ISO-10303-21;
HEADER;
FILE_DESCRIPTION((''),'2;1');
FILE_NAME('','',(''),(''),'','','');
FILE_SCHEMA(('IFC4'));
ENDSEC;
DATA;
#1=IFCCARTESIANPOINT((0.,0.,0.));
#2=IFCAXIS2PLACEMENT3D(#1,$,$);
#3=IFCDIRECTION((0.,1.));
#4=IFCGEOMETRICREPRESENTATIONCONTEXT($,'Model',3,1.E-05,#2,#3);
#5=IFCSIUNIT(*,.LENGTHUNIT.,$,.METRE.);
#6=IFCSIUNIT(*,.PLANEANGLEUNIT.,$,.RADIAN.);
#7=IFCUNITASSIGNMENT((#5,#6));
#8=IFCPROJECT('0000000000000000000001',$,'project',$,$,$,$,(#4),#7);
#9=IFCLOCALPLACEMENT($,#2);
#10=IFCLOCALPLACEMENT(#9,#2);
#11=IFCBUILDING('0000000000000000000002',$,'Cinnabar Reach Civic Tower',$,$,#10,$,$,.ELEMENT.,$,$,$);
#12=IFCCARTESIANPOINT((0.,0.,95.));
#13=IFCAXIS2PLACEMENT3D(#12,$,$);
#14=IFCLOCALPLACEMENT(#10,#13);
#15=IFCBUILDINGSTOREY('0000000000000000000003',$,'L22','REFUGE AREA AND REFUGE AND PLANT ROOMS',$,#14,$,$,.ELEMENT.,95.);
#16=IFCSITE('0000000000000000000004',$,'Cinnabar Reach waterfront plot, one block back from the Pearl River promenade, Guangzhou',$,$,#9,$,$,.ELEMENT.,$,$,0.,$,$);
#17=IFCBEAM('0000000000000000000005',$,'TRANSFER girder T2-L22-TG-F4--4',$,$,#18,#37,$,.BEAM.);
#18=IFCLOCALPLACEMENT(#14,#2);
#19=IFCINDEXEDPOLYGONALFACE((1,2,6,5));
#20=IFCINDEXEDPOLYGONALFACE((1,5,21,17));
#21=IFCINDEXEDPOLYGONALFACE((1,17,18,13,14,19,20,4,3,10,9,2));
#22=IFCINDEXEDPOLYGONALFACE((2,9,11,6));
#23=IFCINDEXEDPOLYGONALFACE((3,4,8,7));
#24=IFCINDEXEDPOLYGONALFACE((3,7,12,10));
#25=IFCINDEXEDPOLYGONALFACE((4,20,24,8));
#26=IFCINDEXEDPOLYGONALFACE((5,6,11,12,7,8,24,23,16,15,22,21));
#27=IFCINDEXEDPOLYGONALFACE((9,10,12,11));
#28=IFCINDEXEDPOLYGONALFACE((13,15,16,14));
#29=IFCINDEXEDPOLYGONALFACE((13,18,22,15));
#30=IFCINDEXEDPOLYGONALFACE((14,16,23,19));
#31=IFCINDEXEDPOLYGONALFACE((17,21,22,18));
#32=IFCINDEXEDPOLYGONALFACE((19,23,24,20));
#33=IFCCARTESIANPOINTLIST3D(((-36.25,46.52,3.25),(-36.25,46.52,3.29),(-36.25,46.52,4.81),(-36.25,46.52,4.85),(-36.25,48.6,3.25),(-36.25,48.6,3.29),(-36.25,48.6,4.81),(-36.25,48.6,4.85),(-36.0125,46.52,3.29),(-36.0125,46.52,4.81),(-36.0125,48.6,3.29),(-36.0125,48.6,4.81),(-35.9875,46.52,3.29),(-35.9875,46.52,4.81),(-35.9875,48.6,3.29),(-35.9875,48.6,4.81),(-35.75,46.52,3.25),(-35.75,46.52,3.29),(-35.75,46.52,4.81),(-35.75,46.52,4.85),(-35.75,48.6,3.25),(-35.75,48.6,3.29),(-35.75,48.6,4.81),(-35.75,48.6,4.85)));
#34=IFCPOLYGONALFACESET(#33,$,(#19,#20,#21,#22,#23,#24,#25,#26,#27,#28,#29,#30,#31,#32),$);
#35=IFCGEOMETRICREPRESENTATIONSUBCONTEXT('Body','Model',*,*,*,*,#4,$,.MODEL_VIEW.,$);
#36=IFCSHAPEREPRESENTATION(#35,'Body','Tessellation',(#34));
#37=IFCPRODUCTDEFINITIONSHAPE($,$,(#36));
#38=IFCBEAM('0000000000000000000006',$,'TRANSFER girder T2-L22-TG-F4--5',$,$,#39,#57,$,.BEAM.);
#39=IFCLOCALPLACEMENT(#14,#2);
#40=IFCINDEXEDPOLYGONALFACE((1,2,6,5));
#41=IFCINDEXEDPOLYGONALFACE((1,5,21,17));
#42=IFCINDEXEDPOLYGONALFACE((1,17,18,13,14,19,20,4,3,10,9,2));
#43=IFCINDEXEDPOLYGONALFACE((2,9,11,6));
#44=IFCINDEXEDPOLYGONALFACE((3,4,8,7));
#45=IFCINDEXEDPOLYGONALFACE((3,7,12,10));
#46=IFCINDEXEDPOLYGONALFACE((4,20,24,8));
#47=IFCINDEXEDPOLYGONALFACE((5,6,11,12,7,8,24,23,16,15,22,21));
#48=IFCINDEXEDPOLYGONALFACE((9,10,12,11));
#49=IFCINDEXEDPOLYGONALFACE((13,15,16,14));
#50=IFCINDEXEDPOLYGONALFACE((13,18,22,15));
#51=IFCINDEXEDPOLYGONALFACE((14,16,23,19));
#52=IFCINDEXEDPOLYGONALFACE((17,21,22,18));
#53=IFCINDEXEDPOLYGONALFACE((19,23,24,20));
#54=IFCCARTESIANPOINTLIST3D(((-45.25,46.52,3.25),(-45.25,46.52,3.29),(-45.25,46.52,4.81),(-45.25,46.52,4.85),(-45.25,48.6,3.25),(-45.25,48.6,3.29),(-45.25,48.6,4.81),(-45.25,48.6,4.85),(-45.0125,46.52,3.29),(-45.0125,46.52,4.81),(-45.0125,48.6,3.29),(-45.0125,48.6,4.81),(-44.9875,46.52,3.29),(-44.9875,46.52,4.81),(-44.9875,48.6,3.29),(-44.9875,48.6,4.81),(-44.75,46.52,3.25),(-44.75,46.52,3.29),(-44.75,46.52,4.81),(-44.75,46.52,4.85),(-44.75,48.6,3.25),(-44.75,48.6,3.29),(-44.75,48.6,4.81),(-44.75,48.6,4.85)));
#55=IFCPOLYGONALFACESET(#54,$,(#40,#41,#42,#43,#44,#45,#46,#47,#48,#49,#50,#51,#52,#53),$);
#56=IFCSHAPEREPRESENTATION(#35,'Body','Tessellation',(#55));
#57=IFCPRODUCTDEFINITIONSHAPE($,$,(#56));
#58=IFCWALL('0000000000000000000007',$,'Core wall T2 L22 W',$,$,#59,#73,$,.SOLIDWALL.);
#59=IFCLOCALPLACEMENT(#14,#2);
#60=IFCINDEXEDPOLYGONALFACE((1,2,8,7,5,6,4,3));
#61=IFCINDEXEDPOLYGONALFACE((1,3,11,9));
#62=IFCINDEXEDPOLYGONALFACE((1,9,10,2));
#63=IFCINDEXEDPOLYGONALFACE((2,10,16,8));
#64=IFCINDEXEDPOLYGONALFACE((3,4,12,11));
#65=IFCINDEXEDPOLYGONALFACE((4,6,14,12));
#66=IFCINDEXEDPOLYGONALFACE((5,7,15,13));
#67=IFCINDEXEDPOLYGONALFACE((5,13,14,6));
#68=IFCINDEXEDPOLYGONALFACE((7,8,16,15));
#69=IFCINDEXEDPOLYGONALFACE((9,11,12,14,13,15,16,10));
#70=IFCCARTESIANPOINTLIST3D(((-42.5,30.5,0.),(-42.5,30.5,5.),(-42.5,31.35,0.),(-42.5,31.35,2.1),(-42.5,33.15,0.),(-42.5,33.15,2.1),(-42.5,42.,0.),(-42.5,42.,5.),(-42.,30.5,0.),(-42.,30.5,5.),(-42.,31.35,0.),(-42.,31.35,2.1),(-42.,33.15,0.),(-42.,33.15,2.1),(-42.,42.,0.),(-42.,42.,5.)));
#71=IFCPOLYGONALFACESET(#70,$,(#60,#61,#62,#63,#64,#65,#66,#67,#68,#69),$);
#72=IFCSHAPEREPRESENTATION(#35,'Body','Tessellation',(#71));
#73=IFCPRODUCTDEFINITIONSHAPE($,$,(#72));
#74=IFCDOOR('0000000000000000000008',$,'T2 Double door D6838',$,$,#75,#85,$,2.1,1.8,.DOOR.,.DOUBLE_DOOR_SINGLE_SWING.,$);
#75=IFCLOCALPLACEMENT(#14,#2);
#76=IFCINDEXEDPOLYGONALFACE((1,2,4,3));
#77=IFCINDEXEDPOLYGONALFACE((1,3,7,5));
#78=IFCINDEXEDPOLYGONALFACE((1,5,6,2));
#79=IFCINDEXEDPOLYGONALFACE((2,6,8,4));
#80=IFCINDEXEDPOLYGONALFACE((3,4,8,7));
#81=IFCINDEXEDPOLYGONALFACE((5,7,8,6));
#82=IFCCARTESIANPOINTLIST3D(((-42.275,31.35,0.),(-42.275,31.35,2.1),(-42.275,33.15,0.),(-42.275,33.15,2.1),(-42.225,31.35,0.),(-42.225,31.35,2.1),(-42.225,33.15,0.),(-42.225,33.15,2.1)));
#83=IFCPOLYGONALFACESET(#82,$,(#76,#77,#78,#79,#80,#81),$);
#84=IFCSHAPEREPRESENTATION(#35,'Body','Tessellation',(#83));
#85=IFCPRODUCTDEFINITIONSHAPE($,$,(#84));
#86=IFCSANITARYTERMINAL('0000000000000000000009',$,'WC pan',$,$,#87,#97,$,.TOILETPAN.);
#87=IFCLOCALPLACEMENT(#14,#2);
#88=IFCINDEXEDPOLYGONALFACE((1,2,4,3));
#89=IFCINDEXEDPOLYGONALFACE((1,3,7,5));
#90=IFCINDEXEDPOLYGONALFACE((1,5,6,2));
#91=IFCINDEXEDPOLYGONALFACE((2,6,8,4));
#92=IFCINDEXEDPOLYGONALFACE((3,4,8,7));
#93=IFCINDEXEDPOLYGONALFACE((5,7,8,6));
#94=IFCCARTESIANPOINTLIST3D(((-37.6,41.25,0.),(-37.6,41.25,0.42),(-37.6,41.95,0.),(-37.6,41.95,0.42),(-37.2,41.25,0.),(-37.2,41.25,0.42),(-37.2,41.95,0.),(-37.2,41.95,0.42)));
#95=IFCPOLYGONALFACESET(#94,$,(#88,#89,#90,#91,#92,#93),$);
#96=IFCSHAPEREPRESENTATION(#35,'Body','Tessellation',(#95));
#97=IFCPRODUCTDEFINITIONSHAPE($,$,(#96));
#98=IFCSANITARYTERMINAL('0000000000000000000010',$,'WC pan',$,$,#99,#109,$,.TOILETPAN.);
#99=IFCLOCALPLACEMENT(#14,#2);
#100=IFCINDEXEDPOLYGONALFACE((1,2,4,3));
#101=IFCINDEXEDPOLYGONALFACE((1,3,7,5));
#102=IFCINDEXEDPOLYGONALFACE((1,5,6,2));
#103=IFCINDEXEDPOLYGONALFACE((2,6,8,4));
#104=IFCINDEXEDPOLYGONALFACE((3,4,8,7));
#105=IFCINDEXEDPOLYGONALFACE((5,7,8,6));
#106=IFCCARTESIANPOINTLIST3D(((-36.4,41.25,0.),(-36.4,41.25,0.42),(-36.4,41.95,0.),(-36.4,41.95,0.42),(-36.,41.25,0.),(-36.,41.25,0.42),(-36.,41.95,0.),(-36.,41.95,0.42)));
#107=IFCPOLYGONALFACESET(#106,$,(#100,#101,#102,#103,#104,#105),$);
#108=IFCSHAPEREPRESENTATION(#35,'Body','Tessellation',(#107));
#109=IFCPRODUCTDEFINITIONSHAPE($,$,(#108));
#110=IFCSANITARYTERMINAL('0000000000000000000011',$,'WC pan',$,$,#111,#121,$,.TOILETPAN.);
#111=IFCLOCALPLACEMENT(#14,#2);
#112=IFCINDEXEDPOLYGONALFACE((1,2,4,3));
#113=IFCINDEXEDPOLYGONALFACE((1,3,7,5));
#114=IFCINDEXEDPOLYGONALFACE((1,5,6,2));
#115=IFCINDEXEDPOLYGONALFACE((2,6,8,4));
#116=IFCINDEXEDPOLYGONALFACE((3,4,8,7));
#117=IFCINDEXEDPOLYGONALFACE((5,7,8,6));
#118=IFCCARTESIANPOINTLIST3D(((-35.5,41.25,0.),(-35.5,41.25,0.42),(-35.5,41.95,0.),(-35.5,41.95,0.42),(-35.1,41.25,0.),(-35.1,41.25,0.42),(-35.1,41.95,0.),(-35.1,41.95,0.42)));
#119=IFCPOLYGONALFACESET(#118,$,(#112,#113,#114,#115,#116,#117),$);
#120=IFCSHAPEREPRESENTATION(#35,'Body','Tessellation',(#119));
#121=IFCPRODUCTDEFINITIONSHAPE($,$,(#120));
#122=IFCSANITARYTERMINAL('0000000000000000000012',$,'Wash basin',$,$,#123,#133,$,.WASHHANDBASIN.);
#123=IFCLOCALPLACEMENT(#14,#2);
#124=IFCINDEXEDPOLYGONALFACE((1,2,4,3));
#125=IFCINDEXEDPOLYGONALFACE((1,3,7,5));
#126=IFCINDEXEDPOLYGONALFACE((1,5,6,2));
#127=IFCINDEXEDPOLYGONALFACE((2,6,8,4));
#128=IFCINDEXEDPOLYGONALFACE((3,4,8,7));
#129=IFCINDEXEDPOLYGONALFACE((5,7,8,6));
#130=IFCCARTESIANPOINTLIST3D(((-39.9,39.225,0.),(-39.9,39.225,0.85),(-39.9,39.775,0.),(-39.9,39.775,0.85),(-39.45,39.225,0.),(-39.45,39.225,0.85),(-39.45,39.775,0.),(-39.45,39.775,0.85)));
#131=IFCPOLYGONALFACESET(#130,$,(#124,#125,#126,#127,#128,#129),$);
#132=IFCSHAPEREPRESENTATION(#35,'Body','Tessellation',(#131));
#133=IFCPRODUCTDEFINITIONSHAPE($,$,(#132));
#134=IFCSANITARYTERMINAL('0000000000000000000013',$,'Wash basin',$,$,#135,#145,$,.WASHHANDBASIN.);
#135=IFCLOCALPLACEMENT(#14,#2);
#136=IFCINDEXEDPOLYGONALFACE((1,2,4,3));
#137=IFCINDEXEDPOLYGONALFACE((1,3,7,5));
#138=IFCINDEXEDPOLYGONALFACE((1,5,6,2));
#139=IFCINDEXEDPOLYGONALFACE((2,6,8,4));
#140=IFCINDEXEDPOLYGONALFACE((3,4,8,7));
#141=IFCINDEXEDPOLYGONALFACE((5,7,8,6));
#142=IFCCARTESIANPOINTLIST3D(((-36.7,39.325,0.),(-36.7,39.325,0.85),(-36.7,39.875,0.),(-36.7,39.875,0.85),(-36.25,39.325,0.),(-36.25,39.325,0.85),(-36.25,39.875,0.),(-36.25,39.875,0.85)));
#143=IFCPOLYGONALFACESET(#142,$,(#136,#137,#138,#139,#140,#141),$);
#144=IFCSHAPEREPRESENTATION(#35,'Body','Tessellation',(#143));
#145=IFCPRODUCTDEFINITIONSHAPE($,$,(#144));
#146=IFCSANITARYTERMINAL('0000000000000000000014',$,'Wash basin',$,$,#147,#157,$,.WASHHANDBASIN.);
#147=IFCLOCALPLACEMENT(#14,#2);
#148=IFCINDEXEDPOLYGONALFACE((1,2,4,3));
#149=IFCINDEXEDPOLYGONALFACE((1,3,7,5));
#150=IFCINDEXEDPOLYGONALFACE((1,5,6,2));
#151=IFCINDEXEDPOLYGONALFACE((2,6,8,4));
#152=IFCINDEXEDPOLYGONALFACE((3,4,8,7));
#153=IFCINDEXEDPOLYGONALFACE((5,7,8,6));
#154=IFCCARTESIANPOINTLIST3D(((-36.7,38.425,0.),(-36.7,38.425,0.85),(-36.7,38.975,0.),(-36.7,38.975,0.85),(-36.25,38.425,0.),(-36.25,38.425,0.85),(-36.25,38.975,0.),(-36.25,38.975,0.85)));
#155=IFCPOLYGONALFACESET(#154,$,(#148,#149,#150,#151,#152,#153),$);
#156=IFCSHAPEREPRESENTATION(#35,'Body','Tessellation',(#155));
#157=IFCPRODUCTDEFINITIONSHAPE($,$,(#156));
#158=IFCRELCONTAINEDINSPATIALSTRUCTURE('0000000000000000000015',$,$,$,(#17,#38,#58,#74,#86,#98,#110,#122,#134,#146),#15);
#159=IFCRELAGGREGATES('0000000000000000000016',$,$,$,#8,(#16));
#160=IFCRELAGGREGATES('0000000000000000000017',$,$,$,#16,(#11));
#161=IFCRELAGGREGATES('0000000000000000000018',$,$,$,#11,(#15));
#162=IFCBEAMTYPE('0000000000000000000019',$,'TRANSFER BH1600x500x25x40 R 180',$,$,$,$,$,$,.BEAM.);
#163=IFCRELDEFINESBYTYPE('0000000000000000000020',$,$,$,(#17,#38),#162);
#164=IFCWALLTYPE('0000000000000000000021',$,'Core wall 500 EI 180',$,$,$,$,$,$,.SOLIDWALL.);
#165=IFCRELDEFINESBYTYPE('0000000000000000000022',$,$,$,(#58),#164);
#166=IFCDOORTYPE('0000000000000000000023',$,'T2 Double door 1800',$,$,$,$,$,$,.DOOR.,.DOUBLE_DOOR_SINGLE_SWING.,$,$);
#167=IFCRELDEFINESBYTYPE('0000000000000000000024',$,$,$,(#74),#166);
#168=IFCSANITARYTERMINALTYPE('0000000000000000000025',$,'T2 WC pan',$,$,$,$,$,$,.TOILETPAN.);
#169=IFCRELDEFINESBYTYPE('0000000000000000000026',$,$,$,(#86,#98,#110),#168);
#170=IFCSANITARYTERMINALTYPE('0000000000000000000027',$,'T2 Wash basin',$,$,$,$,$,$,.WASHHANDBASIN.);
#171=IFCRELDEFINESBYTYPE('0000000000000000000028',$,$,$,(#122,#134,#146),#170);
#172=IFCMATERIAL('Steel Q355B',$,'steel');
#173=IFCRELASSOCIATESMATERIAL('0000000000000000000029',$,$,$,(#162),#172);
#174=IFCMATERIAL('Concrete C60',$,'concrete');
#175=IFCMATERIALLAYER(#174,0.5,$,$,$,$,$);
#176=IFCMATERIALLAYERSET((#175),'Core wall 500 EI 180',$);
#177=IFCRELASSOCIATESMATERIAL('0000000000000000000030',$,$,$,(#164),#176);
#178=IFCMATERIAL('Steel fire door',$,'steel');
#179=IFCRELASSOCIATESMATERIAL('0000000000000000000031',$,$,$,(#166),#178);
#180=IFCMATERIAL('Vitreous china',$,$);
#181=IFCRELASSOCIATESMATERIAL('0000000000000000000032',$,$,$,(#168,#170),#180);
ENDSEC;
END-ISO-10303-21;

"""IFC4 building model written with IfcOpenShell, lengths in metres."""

from ifc_helpers import new_model, si_unit, direction, frame, frame_2d, origin, origin_2d, place, context, subcontext, project, spatial, rectangle, i_section, extrude, material, layer, layer_set, material_profile, profile_set, type_object, element, fill, save


model = new_model("IFC4")

# Units and contexts
model_context = context("Model", 3, precision=1e-05, world=origin(), true_north=direction((0.0, 1.0)))
body_context = subcontext(model_context, "Body", "Model", "MODEL_VIEW")
ifc_project = project(units=[si_unit("LENGTHUNIT", "METRE"), si_unit("PLANEANGLEUNIT", "RADIAN")], contexts=[model_context])

# Site, building, storey
site_placement = place(None, origin())
site = spatial("IfcSite", under=ifc_project, at=site_placement, Name="Cinnabar Reach waterfront plot, one block back from the Pearl River promenade, Guangzhou", CompositionType="ELEMENT", RefElevation=0.0)
building_placement = place(site_placement, origin())
building = spatial("IfcBuilding", under=site, at=building_placement, Name="Cinnabar Reach Civic Tower", CompositionType="ELEMENT")
storey_placement = place(building_placement, frame((0.0, 0.0, 95.0)))
storey = spatial("IfcBuildingStorey", under=building, at=storey_placement, Name="L22", Description="REFUGE AREA AND REFUGE AND PLANT ROOMS", CompositionType="ELEMENT", Elevation=95.0)

# Shared definitions
ifc_material_1 = material(Name="Concrete C60", Category="concrete")

# Beams
ifc_material_2 = material(Name="Steel Q355B", Category="steel")
ifc_material_profile_1 = material_profile(ifc_material_2, i_section(OverallWidth=0.5, OverallDepth=1.6, WebThickness=0.025, FlangeThickness=0.04, at=origin_2d()), Name="BH1600x500x25x40")
ifc_profile_set_1 = profile_set([ifc_material_profile_1], Name="Steel Q355B")
beam_type_1 = type_object("IfcBeamType", Name="TRANSFER BH1600x500x25x40 R 180", PredefinedType="BEAM", material=ifc_profile_set_1)
for number, where, z_axis, x_axis, name in (
    (1, (-36.0, 46.52, 4.05), (0.0, 1.0, 0.0), (-1.0, 0.0, 0.0), "TRANSFER girder T2-L22-TG-F4--4"),
    (2, (-45.0, 46.52, 4.05), (0.0, 1.0, 0.0), (-1.0, 0.0, 0.0), "TRANSFER girder T2-L22-TG-F4--5"),
):
    element("IfcBeam", number, at=place(storey_placement, frame(where, z_axis=z_axis, x_axis=x_axis)), inside=storey, type_object=beam_type_1, Name=name, PredefinedType="BEAM", context=body_context, shape_type="SweptSolid", body=[
        extrude(i_section(OverallWidth=0.5, OverallDepth=1.6, WebThickness=0.025, FlangeThickness=0.04, at=origin_2d()), origin(), (0.0, 0.0, 1.0), 2.08),
    ])

# Wall, opening, door
ifc_layer = layer(ifc_material_1, 0.5)
ifc_layer_set = layer_set([ifc_layer], Name="Core wall 500 EI 180")
wall_type = type_object("IfcWallType", Name="Core wall 500 EI 180", PredefinedType="SOLIDWALL", material=ifc_layer_set)
wall_placement = place(storey_placement, frame((-42.25, 42.0, 0.0), z_axis=(0.0, 0.0, 1.0), x_axis=(0.0, -1.0, 0.0)))
wall = element("IfcWall", 3, at=wall_placement, inside=storey, type_object=wall_type, Name="Core wall T2 L22 W", PredefinedType="SOLIDWALL", context=body_context, shape_type="SweptSolid", body=[
    extrude(rectangle(XDim=11.5, YDim=0.5, at=frame_2d((5.75, 0.0))), origin(), (0.0, 0.0, 1.0), 5.0),
])
opening_placement = place(wall_placement, frame((8.85, 0.0, 0.0)))
opening = element("IfcOpeningElement", 4, at=opening_placement, cuts=wall, PredefinedType="OPENING", context=body_context, shape_type="SweptSolid", body=[
    extrude(rectangle(XDim=1.8, YDim=2.1, at=frame_2d((0.9, 1.05))), frame((0.0, 0.26, 0.0), z_axis=(0.0, -1.0, 0.0), x_axis=(1.0, 0.0, 0.0)), (0.0, 0.0, 1.0), 0.52),
])
ifc_material_3 = material(Name="Steel fire door", Category="steel")
door_type = type_object("IfcDoorType", Name="T2 Double door 1800", OperationType="DOUBLE_DOOR_SINGLE_SWING", PredefinedType="DOOR", material=ifc_material_3)
door_placement = place(opening_placement, frame((1.8, 0.0, 0.0), z_axis=(0.0, 0.0, 1.0), x_axis=(-1.0, 0.0, 0.0)))
door = element("IfcDoor", 5, at=door_placement, inside=storey, type_object=door_type, Name="T2 Double door D6838", OperationType="DOUBLE_DOOR_SINGLE_SWING", OverallHeight=2.1, OverallWidth=1.8, PredefinedType="DOOR", context=body_context, shape_type="SweptSolid", body=[
    extrude(rectangle(XDim=1.8, YDim=2.1, at=frame_2d((0.9, 1.05))), frame((0.0, 0.025, 0.0), z_axis=(0.0, -1.0, 0.0), x_axis=(1.0, 0.0, 0.0)), (0.0, 0.0, 1.0), 0.05),
])
fill(opening, door)

# Sanitary terminals
ifc_material_4 = material(Name="Vitreous china")
sanitary_terminal_type_1 = type_object("IfcSanitaryTerminalType", Name="T2 WC pan", PredefinedType="TOILETPAN", material=ifc_material_4)
for number, where, z_axis, x_axis, name in (
    (6, (-37.4, 41.6, 0.0), (0.0, 0.0, 1.0), (1.0, 0.0, 0.0), "WC pan"),
    (7, (-36.2, 41.6, 0.0), (0.0, 0.0, 1.0), (1.0, 0.0, 0.0), "WC pan"),
    (8, (-35.3, 41.6, 0.0), (0.0, 0.0, 1.0), (1.0, 0.0, 0.0), "WC pan"),
):
    element("IfcSanitaryTerminal", number, at=place(storey_placement, frame(where, z_axis=z_axis, x_axis=x_axis)), inside=storey, type_object=sanitary_terminal_type_1, Name=name, PredefinedType="TOILETPAN", context=body_context, shape_type="SweptSolid", body=[
        extrude(rectangle(XDim=0.4, YDim=0.7, at=origin_2d()), origin(), (0.0, 0.0, 1.0), 0.42),
    ])
sanitary_terminal_type_2 = type_object("IfcSanitaryTerminalType", Name="T2 Wash basin", PredefinedType="WASHHANDBASIN", material=ifc_material_4)
for number, where, z_axis, x_axis, name in (
    (9, (-39.675, 39.5, 0.0), (0.0, 0.0, 1.0), (1.0, 0.0, 0.0), "Wash basin"),
    (10, (-36.475, 39.6, 0.0), (0.0, 0.0, 1.0), (1.0, 0.0, 0.0), "Wash basin"),
    (11, (-36.475, 38.7, 0.0), (0.0, 0.0, 1.0), (1.0, 0.0, 0.0), "Wash basin"),
):
    element("IfcSanitaryTerminal", number, at=place(storey_placement, frame(where, z_axis=z_axis, x_axis=x_axis)), inside=storey, type_object=sanitary_terminal_type_2, Name=name, PredefinedType="WASHHANDBASIN", context=body_context, shape_type="SweptSolid", body=[
        extrude(rectangle(XDim=0.45, YDim=0.55, at=origin_2d()), origin(), (0.0, 0.0, 1.0), 0.85),
    ])

save(model, "model.ifc")
